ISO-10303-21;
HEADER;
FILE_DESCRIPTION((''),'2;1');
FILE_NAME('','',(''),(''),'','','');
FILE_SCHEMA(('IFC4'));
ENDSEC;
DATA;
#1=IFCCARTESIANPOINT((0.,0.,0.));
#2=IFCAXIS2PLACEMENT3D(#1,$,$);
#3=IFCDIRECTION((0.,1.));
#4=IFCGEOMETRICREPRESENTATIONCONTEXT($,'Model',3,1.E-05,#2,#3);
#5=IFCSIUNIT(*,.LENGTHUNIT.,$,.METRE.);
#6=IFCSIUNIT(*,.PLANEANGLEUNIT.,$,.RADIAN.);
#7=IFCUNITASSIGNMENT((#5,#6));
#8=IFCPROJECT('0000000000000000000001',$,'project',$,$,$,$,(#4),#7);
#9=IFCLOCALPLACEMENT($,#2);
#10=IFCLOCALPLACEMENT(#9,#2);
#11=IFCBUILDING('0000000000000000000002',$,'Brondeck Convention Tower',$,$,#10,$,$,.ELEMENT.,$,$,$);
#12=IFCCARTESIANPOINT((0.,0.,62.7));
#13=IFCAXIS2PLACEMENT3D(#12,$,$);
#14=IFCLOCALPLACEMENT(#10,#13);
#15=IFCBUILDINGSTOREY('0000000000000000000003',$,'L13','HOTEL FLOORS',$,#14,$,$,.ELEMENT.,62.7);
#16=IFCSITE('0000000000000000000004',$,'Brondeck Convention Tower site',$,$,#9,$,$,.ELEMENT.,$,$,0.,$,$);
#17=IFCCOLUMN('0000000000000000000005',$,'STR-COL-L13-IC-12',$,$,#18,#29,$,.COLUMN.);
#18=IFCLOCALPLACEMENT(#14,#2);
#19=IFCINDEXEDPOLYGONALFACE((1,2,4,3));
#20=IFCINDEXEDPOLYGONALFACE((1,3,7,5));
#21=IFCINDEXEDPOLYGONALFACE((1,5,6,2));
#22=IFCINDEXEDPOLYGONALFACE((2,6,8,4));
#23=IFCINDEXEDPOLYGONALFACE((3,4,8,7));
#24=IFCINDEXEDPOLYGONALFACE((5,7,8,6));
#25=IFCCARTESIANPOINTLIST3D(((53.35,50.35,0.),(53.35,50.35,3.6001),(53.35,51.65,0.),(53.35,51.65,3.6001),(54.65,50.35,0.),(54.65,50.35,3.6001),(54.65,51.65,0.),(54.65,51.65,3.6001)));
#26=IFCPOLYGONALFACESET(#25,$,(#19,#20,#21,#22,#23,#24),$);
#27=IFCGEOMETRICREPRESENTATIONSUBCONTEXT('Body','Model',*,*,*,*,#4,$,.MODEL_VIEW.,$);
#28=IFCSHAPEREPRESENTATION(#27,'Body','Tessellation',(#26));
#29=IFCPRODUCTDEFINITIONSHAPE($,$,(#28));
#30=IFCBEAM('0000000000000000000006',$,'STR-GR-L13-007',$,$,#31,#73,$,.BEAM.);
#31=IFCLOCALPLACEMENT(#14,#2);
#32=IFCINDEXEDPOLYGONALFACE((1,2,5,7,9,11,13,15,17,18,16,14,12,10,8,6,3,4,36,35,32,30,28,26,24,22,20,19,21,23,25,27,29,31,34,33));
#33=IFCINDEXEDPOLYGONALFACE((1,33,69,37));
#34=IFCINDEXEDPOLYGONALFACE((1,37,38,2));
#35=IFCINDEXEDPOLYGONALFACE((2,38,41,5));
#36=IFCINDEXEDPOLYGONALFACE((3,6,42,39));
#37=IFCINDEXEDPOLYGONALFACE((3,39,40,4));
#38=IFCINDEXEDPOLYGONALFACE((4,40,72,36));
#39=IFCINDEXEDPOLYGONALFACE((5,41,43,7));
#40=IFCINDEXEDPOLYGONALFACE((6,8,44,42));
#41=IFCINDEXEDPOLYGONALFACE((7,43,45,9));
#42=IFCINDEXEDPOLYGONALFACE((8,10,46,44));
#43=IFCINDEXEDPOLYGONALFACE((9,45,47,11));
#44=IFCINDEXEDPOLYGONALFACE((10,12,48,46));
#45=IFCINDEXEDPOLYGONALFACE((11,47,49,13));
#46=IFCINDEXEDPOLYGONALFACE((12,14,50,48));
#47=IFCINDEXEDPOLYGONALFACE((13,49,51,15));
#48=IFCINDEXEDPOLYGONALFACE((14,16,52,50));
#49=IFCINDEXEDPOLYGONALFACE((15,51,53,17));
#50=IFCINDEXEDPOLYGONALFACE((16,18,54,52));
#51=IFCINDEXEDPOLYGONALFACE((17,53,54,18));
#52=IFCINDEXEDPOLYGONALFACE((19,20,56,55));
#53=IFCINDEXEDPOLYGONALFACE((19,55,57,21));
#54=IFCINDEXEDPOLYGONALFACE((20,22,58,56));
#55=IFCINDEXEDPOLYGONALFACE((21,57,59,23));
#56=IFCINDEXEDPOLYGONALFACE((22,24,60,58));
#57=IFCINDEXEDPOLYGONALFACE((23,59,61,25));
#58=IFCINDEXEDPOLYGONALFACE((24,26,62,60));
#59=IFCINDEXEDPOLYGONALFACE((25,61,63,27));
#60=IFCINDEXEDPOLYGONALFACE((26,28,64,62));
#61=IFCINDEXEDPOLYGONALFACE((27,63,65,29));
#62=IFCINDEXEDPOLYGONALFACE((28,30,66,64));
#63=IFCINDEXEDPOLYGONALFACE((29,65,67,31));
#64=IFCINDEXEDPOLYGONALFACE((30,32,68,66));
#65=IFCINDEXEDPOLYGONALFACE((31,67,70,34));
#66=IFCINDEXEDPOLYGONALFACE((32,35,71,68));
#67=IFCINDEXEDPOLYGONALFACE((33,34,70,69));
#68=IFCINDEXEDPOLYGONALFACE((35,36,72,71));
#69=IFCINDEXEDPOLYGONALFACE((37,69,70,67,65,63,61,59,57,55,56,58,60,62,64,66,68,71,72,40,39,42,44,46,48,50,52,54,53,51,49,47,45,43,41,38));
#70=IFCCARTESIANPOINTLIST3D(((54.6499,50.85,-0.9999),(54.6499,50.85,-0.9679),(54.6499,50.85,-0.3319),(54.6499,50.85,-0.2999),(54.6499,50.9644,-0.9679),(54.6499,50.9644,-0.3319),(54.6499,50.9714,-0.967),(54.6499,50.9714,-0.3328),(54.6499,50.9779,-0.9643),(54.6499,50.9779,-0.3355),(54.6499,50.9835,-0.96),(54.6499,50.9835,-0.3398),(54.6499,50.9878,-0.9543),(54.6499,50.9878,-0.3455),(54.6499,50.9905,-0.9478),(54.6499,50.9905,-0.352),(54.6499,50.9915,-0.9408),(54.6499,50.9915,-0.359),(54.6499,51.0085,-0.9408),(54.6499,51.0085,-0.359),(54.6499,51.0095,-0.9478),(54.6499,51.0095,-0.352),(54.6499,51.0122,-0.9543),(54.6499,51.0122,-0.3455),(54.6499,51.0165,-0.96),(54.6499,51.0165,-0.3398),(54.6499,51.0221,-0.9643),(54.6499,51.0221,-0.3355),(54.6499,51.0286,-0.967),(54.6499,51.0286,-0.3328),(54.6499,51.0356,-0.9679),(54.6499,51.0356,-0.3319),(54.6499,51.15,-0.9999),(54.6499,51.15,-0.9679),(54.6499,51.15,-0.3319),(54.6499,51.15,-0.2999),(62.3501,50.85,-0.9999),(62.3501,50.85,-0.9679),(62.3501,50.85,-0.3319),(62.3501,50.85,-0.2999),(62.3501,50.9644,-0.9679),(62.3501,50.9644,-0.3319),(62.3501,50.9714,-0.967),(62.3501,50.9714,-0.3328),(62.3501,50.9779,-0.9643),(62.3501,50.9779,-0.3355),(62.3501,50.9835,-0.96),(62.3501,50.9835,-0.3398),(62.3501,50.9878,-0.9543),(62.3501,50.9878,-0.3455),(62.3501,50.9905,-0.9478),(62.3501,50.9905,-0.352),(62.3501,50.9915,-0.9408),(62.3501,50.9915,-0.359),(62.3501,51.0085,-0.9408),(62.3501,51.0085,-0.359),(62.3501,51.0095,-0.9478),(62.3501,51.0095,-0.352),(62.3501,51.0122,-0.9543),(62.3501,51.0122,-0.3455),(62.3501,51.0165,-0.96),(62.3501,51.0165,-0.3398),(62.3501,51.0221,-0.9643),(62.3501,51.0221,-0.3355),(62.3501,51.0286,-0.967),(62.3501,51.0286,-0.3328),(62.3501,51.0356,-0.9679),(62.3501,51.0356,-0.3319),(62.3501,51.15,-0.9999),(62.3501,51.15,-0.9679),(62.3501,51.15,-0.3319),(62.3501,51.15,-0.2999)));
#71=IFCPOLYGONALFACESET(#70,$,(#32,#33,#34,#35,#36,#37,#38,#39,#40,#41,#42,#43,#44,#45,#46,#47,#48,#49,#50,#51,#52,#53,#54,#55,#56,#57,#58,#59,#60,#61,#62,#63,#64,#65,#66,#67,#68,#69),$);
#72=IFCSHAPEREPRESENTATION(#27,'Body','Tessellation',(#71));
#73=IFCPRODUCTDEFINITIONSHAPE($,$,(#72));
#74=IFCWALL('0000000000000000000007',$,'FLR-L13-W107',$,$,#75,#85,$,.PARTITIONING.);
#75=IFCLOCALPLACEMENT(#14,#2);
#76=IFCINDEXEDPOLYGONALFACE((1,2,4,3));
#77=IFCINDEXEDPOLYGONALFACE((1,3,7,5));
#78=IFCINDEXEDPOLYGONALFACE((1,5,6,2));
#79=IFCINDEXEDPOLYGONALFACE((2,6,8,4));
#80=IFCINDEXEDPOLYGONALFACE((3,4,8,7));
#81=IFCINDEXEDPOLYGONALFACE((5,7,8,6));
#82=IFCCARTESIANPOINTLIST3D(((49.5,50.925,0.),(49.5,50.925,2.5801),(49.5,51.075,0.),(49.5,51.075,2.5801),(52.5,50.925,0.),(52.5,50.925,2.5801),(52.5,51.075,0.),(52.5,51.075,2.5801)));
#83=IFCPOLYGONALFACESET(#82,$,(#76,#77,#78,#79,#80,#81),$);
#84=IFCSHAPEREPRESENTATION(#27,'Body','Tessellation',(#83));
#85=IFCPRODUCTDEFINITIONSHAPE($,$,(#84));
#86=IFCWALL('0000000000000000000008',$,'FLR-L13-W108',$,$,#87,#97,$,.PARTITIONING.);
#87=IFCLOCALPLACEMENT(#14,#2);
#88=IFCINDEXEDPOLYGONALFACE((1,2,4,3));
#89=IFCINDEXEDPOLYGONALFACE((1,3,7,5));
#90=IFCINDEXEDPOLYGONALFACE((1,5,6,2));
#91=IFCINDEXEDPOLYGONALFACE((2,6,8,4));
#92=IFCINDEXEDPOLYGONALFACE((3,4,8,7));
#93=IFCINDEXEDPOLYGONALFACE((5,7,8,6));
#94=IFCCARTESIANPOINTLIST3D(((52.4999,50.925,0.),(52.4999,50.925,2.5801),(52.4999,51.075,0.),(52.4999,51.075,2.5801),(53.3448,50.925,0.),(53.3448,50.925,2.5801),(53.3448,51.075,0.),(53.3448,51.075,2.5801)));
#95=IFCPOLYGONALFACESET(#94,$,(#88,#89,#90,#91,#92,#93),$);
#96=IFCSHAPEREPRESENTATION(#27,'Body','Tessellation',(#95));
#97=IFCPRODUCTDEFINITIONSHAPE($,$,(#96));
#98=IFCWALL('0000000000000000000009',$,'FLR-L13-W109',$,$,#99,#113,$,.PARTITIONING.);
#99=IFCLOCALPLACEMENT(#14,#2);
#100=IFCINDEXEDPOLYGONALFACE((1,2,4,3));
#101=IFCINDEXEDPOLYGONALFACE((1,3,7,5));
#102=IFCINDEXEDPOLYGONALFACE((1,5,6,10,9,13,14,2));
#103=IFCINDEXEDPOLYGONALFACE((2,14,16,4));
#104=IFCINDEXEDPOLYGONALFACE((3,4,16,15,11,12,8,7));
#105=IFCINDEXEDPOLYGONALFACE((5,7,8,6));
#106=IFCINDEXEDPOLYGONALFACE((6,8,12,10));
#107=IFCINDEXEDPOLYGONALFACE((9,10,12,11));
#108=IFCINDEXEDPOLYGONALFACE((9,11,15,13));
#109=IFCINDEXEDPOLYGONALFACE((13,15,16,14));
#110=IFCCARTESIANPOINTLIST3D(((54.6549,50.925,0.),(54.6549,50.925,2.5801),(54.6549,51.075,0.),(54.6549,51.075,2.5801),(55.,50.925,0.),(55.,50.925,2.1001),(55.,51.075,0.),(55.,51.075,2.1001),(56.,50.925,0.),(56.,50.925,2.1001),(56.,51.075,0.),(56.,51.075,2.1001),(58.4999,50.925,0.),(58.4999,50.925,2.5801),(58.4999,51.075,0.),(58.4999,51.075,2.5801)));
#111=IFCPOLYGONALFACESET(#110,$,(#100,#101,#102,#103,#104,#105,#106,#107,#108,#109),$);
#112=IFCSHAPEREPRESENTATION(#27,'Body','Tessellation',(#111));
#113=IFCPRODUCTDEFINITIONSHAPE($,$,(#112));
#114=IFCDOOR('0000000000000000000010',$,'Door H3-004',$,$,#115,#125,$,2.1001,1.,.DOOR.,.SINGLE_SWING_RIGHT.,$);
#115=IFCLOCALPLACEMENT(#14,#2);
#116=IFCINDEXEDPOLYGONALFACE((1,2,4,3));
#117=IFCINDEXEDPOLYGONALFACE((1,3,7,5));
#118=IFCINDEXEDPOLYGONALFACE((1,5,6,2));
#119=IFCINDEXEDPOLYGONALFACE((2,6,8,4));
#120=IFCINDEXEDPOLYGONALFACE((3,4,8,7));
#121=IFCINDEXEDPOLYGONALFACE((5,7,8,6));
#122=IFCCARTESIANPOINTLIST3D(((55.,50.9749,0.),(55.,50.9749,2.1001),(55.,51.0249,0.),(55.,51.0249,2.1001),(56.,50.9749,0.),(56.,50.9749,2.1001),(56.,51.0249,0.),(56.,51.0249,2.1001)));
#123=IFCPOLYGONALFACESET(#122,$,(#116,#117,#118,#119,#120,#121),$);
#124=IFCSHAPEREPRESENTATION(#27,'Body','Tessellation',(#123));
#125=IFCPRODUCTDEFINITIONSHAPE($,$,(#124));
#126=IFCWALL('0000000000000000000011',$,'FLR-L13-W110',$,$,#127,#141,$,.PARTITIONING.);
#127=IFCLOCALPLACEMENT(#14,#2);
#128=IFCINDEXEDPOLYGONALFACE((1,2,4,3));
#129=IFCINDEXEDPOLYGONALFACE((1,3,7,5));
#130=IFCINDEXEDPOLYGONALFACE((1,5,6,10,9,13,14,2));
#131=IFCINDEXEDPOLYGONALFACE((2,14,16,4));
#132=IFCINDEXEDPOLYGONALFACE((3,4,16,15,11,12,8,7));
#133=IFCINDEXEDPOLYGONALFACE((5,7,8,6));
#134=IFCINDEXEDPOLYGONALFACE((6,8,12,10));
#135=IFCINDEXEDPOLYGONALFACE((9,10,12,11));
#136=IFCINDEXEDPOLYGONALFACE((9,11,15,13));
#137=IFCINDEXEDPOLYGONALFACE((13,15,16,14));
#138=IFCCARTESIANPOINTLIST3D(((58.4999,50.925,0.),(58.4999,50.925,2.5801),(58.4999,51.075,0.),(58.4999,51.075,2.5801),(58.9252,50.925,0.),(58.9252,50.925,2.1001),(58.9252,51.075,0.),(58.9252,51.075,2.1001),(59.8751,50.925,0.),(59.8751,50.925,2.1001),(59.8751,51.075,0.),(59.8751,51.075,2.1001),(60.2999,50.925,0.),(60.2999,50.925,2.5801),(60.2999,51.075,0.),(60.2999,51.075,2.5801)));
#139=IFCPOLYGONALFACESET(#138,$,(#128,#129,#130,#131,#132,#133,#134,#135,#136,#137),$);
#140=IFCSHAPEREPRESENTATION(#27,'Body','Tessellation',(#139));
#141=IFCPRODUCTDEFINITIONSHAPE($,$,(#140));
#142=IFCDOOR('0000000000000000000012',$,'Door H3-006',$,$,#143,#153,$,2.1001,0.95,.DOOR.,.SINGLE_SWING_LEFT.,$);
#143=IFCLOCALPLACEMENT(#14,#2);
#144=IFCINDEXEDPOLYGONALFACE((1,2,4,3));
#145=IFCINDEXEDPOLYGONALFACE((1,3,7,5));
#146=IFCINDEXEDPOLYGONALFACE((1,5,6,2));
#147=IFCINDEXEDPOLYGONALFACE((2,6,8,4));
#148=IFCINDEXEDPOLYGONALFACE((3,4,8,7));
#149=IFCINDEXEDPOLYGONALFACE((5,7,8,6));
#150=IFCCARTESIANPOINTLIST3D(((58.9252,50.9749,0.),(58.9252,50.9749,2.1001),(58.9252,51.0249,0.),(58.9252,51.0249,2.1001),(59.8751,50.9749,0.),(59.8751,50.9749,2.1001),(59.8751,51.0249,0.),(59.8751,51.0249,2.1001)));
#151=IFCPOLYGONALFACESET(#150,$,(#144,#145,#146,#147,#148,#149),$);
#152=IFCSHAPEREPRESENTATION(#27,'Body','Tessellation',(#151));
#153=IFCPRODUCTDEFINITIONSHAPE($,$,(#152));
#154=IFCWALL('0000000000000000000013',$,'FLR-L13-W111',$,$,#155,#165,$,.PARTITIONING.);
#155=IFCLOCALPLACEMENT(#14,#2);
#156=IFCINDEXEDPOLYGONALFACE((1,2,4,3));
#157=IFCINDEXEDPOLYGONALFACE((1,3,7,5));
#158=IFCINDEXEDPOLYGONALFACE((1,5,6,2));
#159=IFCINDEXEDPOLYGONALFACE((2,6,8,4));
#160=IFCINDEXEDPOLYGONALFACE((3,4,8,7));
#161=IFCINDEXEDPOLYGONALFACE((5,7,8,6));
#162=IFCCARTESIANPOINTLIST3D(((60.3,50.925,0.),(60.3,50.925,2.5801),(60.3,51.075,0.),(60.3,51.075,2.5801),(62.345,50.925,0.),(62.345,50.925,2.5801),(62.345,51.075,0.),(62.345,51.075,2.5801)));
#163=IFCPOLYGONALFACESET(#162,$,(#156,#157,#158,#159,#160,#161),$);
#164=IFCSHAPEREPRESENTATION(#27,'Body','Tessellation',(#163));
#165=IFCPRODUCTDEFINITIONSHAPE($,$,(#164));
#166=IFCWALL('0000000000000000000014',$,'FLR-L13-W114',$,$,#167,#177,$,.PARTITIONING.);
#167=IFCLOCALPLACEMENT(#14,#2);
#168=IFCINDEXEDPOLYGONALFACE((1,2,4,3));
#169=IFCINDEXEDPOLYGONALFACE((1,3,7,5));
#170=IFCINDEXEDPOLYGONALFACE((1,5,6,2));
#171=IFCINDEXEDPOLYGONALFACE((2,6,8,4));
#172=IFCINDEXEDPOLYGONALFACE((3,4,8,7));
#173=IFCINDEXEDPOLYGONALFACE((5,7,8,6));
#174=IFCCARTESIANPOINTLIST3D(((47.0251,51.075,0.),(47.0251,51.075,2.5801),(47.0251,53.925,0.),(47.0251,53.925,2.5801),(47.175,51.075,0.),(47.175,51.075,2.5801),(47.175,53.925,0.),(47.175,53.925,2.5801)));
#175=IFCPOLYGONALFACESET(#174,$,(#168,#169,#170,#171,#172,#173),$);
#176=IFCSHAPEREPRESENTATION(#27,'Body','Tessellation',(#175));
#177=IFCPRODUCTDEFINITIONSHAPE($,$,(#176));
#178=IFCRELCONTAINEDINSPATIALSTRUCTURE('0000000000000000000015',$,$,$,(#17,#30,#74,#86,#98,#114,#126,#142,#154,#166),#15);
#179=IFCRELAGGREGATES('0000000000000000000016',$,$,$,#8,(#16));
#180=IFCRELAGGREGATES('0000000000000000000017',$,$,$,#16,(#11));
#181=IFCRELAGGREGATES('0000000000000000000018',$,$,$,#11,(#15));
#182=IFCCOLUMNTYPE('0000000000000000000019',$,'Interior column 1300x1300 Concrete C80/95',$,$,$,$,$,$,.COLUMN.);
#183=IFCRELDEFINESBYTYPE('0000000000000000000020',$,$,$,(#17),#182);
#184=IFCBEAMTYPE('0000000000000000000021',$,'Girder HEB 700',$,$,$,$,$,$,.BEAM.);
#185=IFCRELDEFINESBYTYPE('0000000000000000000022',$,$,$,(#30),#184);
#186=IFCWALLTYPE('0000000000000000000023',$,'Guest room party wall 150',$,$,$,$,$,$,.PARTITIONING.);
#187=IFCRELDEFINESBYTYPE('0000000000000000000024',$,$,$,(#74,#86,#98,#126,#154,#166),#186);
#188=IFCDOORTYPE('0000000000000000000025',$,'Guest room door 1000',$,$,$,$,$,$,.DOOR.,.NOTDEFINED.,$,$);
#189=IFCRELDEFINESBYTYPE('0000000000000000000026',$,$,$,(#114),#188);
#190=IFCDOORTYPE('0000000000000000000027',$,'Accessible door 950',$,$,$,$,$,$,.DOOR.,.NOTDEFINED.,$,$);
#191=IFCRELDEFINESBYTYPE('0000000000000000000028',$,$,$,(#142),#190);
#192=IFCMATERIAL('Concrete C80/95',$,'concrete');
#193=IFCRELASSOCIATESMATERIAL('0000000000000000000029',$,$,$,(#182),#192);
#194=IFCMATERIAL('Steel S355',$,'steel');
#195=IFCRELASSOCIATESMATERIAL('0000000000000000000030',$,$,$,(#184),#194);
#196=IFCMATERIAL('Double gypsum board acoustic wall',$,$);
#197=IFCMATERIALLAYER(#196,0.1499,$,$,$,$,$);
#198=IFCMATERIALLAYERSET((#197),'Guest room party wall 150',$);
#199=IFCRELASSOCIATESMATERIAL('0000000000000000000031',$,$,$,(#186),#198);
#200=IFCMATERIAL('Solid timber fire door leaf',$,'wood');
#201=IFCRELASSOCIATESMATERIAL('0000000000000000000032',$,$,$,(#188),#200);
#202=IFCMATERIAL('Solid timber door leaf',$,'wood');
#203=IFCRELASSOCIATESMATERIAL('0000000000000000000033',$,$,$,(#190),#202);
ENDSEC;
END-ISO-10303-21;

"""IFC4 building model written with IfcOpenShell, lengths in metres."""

from ifc_helpers import new_model, si_unit, direction, frame, frame_2d, origin, origin_2d, place, context, subcontext, project, spatial, rectangle, i_section, extrude, material, layer, layer_set, material_profile, profile_set, type_object, element, fill, save


model = new_model("IFC4")

# Units and contexts
model_context = context("Model", 3, precision=1e-05, world=origin(), true_north=direction((0.0, 1.0)))
body_context = subcontext(model_context, "Body", "Model", "MODEL_VIEW")
ifc_project = project(units=[si_unit("LENGTHUNIT", "METRE"), si_unit("PLANEANGLEUNIT", "RADIAN")], contexts=[model_context])

# Site, building, storey
site_placement = place(None, origin())
site = spatial("IfcSite", under=ifc_project, at=site_placement, Name="Brondeck Convention Tower site", CompositionType="ELEMENT", RefElevation=0.0)
building_placement = place(site_placement, origin())
building = spatial("IfcBuilding", under=site, at=building_placement, Name="Brondeck Convention Tower", CompositionType="ELEMENT")
storey_placement = place(building_placement, frame((0.0, 0.0, 62.7)))
storey = spatial("IfcBuildingStorey", under=building, at=storey_placement, Name="L13", Description="HOTEL FLOORS", CompositionType="ELEMENT", Elevation=62.7)

# Column
ifc_material_1 = material(Name="Concrete C80/95", Category="concrete")
ifc_material_profile_1 = material_profile(ifc_material_1, rectangle(XDim=1.3, YDim=1.3, at=origin_2d()), Name="Interior column 1300x1300 Concrete C80/95")
ifc_profile_set_1 = profile_set([ifc_material_profile_1], Name="Concrete C80/95")
column_type = type_object("IfcColumnType", Name="Interior column 1300x1300 Concrete C80/95", PredefinedType="COLUMN", material=ifc_profile_set_1)
column_placement = place(storey_placement, frame((54.0, 51.0, 0.0), z_axis=(0.0, 0.0, 1.0), x_axis=(1.0, 0.0, 0.0)))
element("IfcColumn", 1, at=column_placement, inside=storey, type_object=column_type, Name="STR-COL-L13-IC-12", PredefinedType="COLUMN", context=body_context, shape_type="SweptSolid", body=[
    extrude(rectangle(XDim=1.3, YDim=1.3, at=origin_2d()), origin(), (0.0, 0.0, 1.0), 3.6001),
])

# Beam
ifc_material_2 = material(Name="Steel S355", Category="steel")
ifc_material_profile_2 = material_profile(ifc_material_2, i_section(OverallWidth=0.3, OverallDepth=0.7, WebThickness=0.0171, FlangeThickness=0.032, FilletRadius=0.0271, at=origin_2d()), Name="HEB 700")
ifc_profile_set_2 = profile_set([ifc_material_profile_2], Name="Steel S355")
beam_type = type_object("IfcBeamType", Name="Girder HEB 700", PredefinedType="BEAM", material=ifc_profile_set_2)
beam_placement = place(storey_placement, frame((54.6499, 51.0, -0.6499), z_axis=(1.0, 0.0, 0.0), x_axis=(0.0, 1.0, 0.0)))
element("IfcBeam", 2, at=beam_placement, inside=storey, type_object=beam_type, Name="STR-GR-L13-007", PredefinedType="BEAM", context=body_context, shape_type="SweptSolid", body=[
    extrude(i_section(OverallWidth=0.3, OverallDepth=0.7, WebThickness=0.0171, FlangeThickness=0.032, FilletRadius=0.0271, at=origin_2d()), origin(), (0.0, 0.0, 1.0), 7.7002),
])

# Walls
ifc_material_3 = material(Name="Double gypsum board acoustic wall")
ifc_layer_1 = layer(ifc_material_3, 0.1499)
ifc_layer_set_1 = layer_set([ifc_layer_1], Name="Guest room party wall 150")
wall_type_1 = type_object("IfcWallType", Name="Guest room party wall 150", PredefinedType="PARTITIONING", material=ifc_layer_set_1)
wall_1_placement = place(storey_placement, frame((49.5, 51.0, 0.0), z_axis=(0.0, 0.0, 1.0), x_axis=(1.0, 0.0, 0.0)))
element("IfcWall", 3, at=wall_1_placement, inside=storey, type_object=wall_type_1, Name="FLR-L13-W107", PredefinedType="PARTITIONING", context=body_context, shape_type="SweptSolid", body=[
    extrude(rectangle(XDim=3.0, YDim=0.1499, at=frame_2d((1.5, 0.0))), origin(), (0.0, 0.0, 1.0), 2.5801),
])
wall_2_placement = place(storey_placement, frame((52.5, 51.0, 0.0), z_axis=(0.0, 0.0, 1.0), x_axis=(1.0, 0.0, 0.0)))
element("IfcWall", 4, at=wall_2_placement, inside=storey, type_object=wall_type_1, Name="FLR-L13-W108", PredefinedType="PARTITIONING", context=body_context, shape_type="SweptSolid", body=[
    extrude(rectangle(XDim=0.845, YDim=0.1499, at=frame_2d((0.4224, 0.0))), origin(), (0.0, 0.0, 1.0), 2.5801),
])

# Walls, openings, doors
wall_3_placement = place(storey_placement, frame((54.655, 51.0, 0.0), z_axis=(0.0, 0.0, 1.0), x_axis=(1.0, 0.0, 0.0)))
wall_3 = element("IfcWall", 5, at=wall_3_placement, inside=storey, type_object=wall_type_1, Name="FLR-L13-W109", PredefinedType="PARTITIONING", context=body_context, shape_type="SweptSolid", body=[
    extrude(rectangle(XDim=3.845, YDim=0.1499, at=frame_2d((1.9224, 0.0))), origin(), (0.0, 0.0, 1.0), 2.5801),
])
opening_1_placement = place(wall_3_placement, frame((0.345, 0.0, 0.0)))
opening_1 = element("IfcOpeningElement", 6, at=opening_1_placement, cuts=wall_3, PredefinedType="OPENING", context=body_context, shape_type="SweptSolid", body=[
    extrude(rectangle(XDim=1.0, YDim=2.1001, at=frame_2d((0.5, 1.05))), frame((0.0, 0.085, 0.0), z_axis=(0.0, -1.0, 0.0), x_axis=(1.0, 0.0, 0.0)), (0.0, 0.0, 1.0), 0.1699),
])
ifc_material_4 = material(Name="Solid timber fire door leaf", Category="wood")
door_type_1 = type_object("IfcDoorType", Name="Guest room door 1000", OperationType="NOTDEFINED", PredefinedType="DOOR", material=ifc_material_4)
door_1_placement = place(opening_1_placement, origin())
door_1 = element("IfcDoor", 7, at=door_1_placement, inside=storey, type_object=door_type_1, Name="Door H3-004", OperationType="SINGLE_SWING_RIGHT", OverallHeight=2.1001, OverallWidth=1.0, PredefinedType="DOOR", context=body_context, shape_type="SweptSolid", body=[
    extrude(rectangle(XDim=1.0, YDim=2.1001, at=frame_2d((0.5, 1.05))), frame((0.0, 0.0249, 0.0), z_axis=(0.0, -1.0, 0.0), x_axis=(1.0, 0.0, 0.0)), (0.0, 0.0, 1.0), 0.05),
])
fill(opening_1, door_1)
wall_4_placement = place(storey_placement, frame((58.5, 51.0, 0.0), z_axis=(0.0, 0.0, 1.0), x_axis=(1.0, 0.0, 0.0)))
wall_4 = element("IfcWall", 8, at=wall_4_placement, inside=storey, type_object=wall_type_1, Name="FLR-L13-W110", PredefinedType="PARTITIONING", context=body_context, shape_type="SweptSolid", body=[
    extrude(rectangle(XDim=1.8, YDim=0.1499, at=frame_2d((0.8999, 0.0))), origin(), (0.0, 0.0, 1.0), 2.5801),
])
opening_2_placement = place(wall_4_placement, frame((0.425, 0.0, 0.0)))
opening_2 = element("IfcOpeningElement", 9, at=opening_2_placement, cuts=wall_4, PredefinedType="OPENING", context=body_context, shape_type="SweptSolid", body=[
    extrude(rectangle(XDim=0.95, YDim=2.1001, at=frame_2d((0.4751, 1.05))), frame((0.0, 0.085, 0.0), z_axis=(0.0, -1.0, 0.0), x_axis=(1.0, 0.0, 0.0)), (0.0, 0.0, 1.0), 0.1699),
])
ifc_material_5 = material(Name="Solid timber door leaf", Category="wood")
door_type_2 = type_object("IfcDoorType", Name="Accessible door 950", OperationType="NOTDEFINED", PredefinedType="DOOR", material=ifc_material_5)
door_2_placement = place(opening_2_placement, origin())
door_2 = element("IfcDoor", 10, at=door_2_placement, inside=storey, type_object=door_type_2, Name="Door H3-006", OperationType="SINGLE_SWING_LEFT", OverallHeight=2.1001, OverallWidth=0.95, PredefinedType="DOOR", context=body_context, shape_type="SweptSolid", body=[
    extrude(rectangle(XDim=0.95, YDim=2.1001, at=frame_2d((0.4751, 1.05))), frame((0.0, 0.0249, 0.0), z_axis=(0.0, -1.0, 0.0), x_axis=(1.0, 0.0, 0.0)), (0.0, 0.0, 1.0), 0.05),
])
fill(opening_2, door_2)

# Walls
wall_5_placement = place(storey_placement, frame((60.3, 51.0, 0.0), z_axis=(0.0, 0.0, 1.0), x_axis=(1.0, 0.0, 0.0)))
element("IfcWall", 11, at=wall_5_placement, inside=storey, type_object=wall_type_1, Name="FLR-L13-W111", PredefinedType="PARTITIONING", context=body_context, shape_type="SweptSolid", body=[
    extrude(rectangle(XDim=2.0449, YDim=0.1499, at=frame_2d((1.0225, 0.0))), origin(), (0.0, 0.0, 1.0), 2.5801),
])
wall_6_placement = place(storey_placement, frame((47.1001, 51.075, 0.0), z_axis=(0.0, 0.0, 1.0), x_axis=(0.0, 1.0, 0.0)))
element("IfcWall", 12, at=wall_6_placement, inside=storey, type_object=wall_type_1, Name="FLR-L13-W114", PredefinedType="PARTITIONING", context=body_context, shape_type="SweptSolid", body=[
    extrude(rectangle(XDim=2.8501, YDim=0.1499, at=frame_2d((1.425, 0.0))), origin(), (0.0, 0.0, 1.0), 2.5801),
])

save(model, "model.ifc")
